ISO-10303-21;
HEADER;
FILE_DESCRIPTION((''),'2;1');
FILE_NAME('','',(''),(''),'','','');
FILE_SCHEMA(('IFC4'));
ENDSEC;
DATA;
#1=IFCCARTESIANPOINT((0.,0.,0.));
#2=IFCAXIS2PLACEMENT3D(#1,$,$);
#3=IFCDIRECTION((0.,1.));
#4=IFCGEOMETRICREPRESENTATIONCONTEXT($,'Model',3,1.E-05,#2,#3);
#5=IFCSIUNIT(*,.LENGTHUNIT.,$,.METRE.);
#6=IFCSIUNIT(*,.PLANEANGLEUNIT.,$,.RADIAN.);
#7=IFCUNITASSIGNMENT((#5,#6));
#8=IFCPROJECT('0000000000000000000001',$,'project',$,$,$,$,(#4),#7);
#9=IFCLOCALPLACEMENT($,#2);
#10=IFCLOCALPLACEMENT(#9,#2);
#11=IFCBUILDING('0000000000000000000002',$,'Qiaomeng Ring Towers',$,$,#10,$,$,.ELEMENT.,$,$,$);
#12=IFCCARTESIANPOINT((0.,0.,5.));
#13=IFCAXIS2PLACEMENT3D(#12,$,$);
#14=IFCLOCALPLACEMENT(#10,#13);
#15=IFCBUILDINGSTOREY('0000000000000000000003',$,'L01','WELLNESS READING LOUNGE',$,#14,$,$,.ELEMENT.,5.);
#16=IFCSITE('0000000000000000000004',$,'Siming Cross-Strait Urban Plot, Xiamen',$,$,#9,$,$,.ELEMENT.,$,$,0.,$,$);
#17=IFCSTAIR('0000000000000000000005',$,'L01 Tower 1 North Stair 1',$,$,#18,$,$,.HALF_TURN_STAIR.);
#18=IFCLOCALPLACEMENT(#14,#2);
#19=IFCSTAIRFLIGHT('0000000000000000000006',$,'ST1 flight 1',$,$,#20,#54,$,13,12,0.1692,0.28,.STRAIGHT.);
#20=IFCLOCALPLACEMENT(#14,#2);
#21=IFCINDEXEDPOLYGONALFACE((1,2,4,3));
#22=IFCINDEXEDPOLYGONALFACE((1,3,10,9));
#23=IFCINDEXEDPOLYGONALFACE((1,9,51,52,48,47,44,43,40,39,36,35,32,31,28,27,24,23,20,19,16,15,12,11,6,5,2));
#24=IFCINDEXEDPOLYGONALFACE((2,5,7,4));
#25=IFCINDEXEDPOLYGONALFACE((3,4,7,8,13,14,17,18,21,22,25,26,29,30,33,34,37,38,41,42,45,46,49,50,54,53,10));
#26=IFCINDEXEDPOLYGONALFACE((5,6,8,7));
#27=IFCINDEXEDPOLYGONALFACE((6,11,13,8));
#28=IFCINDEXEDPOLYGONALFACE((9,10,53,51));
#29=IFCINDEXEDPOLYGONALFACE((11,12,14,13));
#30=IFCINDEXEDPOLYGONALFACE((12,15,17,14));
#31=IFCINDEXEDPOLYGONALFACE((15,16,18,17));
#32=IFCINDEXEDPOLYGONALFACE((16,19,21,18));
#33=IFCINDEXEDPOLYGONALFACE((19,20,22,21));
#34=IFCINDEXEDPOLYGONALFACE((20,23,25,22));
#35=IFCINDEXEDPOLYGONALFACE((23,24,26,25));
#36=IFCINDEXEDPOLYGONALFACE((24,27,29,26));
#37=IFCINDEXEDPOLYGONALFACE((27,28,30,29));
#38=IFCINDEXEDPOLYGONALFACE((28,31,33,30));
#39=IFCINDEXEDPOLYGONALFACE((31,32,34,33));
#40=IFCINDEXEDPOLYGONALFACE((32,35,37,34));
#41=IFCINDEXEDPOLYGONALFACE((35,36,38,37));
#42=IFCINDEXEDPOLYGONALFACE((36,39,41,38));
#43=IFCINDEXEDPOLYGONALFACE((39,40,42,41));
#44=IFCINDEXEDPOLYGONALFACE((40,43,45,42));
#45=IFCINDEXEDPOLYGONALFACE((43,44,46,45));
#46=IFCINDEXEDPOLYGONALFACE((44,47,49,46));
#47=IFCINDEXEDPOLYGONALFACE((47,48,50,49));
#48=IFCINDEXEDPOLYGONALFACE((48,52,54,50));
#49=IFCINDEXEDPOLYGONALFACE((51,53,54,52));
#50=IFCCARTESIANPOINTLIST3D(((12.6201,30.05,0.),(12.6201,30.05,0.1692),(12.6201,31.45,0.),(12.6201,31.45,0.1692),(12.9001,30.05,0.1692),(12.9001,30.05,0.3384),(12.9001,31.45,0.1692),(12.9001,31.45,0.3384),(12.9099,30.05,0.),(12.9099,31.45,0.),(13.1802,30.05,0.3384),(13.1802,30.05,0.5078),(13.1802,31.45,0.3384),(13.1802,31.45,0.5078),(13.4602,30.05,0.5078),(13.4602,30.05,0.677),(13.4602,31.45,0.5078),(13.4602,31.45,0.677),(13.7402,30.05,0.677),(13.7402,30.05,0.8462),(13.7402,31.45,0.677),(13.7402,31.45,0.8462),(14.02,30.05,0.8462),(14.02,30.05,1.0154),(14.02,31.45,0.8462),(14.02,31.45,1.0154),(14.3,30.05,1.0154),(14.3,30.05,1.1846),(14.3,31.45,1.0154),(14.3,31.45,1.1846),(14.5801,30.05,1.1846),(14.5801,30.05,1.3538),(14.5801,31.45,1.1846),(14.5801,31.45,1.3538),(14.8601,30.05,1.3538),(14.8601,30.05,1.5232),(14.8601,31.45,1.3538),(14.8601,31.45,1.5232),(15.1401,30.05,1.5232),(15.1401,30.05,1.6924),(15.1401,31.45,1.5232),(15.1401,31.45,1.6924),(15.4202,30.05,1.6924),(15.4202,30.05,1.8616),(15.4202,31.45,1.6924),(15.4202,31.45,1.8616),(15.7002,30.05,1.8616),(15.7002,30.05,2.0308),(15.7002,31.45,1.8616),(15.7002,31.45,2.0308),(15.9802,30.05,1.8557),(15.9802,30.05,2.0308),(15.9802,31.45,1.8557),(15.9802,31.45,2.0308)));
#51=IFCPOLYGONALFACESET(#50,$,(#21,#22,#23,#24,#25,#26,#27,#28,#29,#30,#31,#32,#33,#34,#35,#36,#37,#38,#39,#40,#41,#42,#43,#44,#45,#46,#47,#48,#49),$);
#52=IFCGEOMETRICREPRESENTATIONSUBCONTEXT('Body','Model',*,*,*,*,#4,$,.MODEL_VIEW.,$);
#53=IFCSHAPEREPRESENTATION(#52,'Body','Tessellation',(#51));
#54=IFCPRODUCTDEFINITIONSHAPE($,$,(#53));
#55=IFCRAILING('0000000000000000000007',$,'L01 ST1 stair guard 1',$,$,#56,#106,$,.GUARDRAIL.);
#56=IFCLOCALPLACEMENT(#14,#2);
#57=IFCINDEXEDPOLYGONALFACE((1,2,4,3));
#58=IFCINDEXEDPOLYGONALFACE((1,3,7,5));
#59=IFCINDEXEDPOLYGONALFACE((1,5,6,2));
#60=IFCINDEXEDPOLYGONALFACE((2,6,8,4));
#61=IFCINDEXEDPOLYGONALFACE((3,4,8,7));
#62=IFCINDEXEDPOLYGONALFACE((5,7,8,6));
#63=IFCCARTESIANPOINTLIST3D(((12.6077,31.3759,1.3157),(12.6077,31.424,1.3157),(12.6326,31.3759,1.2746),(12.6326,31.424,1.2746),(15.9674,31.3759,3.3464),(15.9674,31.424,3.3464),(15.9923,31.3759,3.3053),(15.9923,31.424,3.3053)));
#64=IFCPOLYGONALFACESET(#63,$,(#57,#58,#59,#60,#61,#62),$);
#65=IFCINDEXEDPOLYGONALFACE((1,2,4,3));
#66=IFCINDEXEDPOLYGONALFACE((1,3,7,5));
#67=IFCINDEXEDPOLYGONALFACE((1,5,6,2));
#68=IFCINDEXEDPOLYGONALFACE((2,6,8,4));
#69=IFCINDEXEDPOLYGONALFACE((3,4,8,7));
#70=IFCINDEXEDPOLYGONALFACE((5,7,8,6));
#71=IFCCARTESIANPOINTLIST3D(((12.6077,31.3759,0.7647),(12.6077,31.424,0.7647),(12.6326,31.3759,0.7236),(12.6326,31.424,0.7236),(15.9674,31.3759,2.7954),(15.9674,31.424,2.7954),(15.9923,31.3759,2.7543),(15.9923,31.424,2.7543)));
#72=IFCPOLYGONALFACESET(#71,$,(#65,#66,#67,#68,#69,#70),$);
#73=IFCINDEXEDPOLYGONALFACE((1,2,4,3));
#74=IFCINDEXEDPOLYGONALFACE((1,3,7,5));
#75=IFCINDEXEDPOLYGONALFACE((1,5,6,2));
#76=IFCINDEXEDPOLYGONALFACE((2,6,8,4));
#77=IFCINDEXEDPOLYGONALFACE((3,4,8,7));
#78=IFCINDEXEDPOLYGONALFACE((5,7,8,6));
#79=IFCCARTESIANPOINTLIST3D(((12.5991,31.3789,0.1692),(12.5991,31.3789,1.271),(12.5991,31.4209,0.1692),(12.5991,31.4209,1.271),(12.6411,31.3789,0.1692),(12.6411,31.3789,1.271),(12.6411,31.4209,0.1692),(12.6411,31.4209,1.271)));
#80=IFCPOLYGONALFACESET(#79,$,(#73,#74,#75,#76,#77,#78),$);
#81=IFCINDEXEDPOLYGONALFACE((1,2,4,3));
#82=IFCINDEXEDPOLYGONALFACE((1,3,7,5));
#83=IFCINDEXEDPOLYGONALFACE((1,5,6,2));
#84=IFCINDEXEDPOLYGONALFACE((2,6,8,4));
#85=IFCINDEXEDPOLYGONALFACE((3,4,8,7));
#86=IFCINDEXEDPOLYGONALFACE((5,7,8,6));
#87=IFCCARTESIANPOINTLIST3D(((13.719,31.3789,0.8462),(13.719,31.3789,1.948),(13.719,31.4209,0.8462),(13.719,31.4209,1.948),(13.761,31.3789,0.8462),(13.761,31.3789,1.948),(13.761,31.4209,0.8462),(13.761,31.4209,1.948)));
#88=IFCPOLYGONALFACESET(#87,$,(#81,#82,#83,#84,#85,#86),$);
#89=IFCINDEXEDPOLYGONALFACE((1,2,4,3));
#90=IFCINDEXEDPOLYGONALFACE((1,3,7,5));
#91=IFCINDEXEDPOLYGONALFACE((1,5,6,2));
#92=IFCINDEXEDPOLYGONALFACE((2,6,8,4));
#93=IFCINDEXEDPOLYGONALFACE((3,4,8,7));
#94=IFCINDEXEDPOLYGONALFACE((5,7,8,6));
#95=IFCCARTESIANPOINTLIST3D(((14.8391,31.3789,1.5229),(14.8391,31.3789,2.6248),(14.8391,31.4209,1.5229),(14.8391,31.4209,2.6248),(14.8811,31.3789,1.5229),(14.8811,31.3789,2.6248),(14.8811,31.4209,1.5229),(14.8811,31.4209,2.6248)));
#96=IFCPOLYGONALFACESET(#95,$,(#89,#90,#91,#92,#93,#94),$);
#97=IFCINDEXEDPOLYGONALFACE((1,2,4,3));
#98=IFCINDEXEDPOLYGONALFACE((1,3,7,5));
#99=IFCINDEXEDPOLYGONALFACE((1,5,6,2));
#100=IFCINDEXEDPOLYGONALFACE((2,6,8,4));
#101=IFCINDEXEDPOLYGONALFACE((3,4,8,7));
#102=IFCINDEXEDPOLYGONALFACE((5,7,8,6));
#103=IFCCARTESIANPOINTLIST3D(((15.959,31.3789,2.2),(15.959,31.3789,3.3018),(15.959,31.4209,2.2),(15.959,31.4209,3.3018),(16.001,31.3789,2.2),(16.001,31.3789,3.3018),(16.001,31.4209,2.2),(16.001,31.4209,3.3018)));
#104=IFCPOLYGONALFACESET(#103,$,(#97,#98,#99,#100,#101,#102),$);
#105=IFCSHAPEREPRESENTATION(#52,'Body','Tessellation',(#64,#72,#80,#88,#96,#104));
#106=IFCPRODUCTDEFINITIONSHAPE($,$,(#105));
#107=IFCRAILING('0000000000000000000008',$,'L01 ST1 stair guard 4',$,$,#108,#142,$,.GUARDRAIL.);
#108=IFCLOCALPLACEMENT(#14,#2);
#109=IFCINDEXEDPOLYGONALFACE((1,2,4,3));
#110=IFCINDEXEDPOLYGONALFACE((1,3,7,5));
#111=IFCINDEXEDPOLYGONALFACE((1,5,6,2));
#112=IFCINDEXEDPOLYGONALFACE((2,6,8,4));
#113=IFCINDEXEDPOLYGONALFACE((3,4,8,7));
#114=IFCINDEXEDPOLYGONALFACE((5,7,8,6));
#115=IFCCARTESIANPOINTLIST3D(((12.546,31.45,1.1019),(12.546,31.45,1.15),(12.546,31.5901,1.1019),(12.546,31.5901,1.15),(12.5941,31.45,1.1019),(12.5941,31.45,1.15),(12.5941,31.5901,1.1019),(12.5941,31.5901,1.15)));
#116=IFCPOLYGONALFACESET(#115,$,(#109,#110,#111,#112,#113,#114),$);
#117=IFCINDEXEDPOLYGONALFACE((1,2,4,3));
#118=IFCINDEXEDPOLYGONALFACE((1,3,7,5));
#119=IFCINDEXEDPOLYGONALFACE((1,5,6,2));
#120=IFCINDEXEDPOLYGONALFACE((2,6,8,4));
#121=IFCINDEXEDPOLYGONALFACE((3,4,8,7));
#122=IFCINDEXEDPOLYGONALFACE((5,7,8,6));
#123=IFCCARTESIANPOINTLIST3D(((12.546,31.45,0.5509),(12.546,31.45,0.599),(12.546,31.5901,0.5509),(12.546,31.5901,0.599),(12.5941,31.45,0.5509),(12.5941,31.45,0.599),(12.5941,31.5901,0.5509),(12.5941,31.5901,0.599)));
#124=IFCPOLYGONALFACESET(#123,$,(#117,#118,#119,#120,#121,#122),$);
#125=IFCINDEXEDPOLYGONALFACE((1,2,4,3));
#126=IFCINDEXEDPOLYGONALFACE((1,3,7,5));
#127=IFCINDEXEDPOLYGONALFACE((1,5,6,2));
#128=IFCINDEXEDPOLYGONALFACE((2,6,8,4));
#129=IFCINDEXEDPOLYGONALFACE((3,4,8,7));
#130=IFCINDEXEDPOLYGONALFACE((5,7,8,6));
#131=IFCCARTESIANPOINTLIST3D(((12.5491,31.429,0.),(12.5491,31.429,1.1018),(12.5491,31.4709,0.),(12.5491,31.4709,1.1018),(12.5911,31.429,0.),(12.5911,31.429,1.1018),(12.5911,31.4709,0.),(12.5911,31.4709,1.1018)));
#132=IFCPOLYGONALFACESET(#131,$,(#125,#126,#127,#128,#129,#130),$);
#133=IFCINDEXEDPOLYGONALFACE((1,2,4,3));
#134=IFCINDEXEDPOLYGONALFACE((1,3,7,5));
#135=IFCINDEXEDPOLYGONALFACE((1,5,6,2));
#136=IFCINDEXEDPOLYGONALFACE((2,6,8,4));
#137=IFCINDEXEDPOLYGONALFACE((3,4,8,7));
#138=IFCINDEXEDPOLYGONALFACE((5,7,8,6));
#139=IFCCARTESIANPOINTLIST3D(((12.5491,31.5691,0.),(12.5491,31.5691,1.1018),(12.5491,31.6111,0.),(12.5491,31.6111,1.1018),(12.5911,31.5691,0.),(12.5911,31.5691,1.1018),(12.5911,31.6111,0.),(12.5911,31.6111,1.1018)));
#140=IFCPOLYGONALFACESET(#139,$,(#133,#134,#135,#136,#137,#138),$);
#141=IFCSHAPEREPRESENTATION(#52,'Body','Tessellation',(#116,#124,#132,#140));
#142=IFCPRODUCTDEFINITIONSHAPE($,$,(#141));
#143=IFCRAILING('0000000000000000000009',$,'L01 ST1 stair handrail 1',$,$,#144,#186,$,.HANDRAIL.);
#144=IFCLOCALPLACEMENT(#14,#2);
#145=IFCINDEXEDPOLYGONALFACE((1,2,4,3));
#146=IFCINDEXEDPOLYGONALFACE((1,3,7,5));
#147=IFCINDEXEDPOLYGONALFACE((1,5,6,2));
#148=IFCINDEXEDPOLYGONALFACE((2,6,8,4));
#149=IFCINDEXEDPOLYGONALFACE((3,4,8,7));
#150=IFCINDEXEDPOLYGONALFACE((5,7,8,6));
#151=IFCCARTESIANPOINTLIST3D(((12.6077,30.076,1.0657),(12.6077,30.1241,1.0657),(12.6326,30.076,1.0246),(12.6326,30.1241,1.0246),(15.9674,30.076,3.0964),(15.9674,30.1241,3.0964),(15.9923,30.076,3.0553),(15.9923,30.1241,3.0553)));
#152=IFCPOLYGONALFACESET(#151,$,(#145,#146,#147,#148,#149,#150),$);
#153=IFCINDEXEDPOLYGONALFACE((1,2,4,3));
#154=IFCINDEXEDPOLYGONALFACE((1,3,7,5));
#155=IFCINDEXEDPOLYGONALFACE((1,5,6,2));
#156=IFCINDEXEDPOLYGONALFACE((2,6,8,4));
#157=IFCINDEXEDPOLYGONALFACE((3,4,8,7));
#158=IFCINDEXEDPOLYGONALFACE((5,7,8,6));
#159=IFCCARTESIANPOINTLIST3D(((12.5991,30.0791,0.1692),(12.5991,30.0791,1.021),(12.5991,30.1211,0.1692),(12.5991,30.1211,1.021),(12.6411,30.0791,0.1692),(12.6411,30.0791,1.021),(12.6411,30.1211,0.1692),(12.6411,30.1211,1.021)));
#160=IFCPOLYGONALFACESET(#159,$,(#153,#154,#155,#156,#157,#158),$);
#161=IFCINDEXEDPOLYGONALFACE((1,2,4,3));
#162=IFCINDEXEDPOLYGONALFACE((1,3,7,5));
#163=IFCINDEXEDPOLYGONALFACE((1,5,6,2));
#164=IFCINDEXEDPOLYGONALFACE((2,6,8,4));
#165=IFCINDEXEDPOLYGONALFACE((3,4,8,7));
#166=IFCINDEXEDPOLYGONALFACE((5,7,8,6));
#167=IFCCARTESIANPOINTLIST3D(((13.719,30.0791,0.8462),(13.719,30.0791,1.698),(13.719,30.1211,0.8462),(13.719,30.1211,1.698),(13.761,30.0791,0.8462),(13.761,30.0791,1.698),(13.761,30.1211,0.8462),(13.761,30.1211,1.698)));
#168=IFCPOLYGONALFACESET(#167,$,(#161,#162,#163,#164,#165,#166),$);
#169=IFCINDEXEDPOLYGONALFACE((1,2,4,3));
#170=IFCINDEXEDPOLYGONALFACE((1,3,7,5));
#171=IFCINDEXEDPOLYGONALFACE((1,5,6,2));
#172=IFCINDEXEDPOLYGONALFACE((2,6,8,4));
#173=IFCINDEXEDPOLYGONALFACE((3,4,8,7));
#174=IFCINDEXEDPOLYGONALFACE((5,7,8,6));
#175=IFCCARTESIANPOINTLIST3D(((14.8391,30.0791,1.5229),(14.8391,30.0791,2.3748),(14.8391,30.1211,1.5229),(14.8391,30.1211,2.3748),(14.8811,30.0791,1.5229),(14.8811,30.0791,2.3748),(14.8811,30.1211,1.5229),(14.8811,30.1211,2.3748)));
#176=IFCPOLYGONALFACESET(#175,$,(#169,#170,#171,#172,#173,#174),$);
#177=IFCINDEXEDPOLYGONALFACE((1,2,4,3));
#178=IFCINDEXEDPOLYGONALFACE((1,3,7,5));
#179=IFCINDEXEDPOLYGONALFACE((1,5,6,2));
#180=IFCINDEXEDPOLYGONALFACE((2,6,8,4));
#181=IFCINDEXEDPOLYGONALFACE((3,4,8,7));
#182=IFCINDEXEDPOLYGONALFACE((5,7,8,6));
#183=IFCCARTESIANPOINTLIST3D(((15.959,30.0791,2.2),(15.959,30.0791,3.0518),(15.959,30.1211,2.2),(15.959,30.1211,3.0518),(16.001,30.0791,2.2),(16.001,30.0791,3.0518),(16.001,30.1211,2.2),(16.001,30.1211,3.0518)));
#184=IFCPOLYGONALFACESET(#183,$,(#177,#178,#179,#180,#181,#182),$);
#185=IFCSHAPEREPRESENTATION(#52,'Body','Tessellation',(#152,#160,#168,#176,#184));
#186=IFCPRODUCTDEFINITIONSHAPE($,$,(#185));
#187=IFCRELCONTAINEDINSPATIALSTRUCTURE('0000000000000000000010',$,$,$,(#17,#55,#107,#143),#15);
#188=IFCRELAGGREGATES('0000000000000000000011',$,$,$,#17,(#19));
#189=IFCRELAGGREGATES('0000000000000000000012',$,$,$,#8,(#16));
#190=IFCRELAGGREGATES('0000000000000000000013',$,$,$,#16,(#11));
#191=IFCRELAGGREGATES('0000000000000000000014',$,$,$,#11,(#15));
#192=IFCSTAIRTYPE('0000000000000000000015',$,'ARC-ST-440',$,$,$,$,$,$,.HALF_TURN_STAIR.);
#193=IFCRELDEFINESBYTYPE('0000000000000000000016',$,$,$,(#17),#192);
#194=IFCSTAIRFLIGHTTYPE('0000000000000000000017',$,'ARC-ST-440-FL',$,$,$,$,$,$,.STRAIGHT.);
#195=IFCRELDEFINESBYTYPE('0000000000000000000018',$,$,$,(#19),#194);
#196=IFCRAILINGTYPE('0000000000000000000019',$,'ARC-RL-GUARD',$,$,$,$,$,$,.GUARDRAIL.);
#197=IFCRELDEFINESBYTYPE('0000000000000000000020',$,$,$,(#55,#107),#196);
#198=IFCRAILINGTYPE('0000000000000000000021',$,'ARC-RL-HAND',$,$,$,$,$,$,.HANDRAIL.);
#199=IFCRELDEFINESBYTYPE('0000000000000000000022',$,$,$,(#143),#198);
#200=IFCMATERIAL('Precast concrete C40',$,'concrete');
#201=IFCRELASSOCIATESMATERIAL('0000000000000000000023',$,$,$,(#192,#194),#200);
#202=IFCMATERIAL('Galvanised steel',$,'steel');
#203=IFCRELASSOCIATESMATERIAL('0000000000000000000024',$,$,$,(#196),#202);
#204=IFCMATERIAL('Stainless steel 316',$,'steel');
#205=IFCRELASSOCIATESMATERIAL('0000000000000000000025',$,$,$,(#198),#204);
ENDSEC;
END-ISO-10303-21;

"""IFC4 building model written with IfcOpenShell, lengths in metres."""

from ifc_helpers import new_model, si_unit, direction, frame, origin, origin_2d, place, context, subcontext, project, spatial, polyline, rectangle, outline, extrude, source, transform, mapped, material, type_object, element, aggregate, save


model = new_model("IFC4")

# Units and contexts
model_context = context("Model", 3, precision=1e-05, world=origin(), true_north=direction((0.0, 1.0)))
body_context = subcontext(model_context, "Body", "Model", "MODEL_VIEW")
ifc_project = project(units=[si_unit("LENGTHUNIT", "METRE"), si_unit("PLANEANGLEUNIT", "RADIAN")], contexts=[model_context])

# Site, building, storey
site_placement = place(None, origin())
site = spatial("IfcSite", under=ifc_project, at=site_placement, Name="Siming Cross-Strait Urban Plot, Xiamen", CompositionType="ELEMENT", RefElevation=0.0)
building_placement = place(site_placement, origin())
building = spatial("IfcBuilding", under=site, at=building_placement, Name="Qiaomeng Ring Towers", CompositionType="ELEMENT")
storey_placement = place(building_placement, frame((0.0, 0.0, 5.0)))
storey = spatial("IfcBuildingStorey", under=building, at=storey_placement, Name="L01", Description="WELLNESS READING LOUNGE", CompositionType="ELEMENT", Elevation=5.0)

# Shared definitions
ifc_material_1 = material(Name="Galvanised steel", Category="steel")

# Stair, stair flight
ifc_material_2 = material(Name="Precast concrete C40", Category="concrete")
stair_type = type_object("IfcStairType", Name="ARC-ST-440", PredefinedType="HALF_TURN_STAIR", material=ifc_material_2)
stair_placement = place(storey_placement, origin())
stair = element("IfcStair", 1, at=stair_placement, inside=storey, type_object=stair_type, Name="L01 Tower 1 North Stair 1", PredefinedType="HALF_TURN_STAIR")
stair_flight_type = type_object("IfcStairFlightType", Name="ARC-ST-440-FL", PredefinedType="STRAIGHT", material=ifc_material_2)
shared_shape_1 = source(origin(), body_context, "Body", "SweptSolid", [
    extrude(outline(polyline([(0.0, 0.0), (0.0, 0.1692), (0.28, 0.1692), (0.28, 0.3384), (0.5601, 0.3384), (0.5601, 0.5078), (0.8401, 0.5078), (0.8401, 0.677), (1.1201, 0.677), (1.1201, 0.8462), (1.3999, 0.8462), (1.3999, 1.0154), (1.6799, 1.0154), (1.6799, 1.1846), (1.96, 1.1846), (1.96, 1.3538), (2.24, 1.3538), (2.24, 1.5232), (2.52, 1.5232), (2.52, 1.6924), (2.8, 1.6924), (2.8, 1.8616), (3.0801, 1.8616), (3.0801, 2.0308), (3.3601, 2.0308), (3.3601, 2.2), (3.3601, 1.8557), (0.2898, 0.0), (0.0, 0.0)])), frame((0.0, 0.7, 0.0), z_axis=(0.0, -1.0, 0.0), x_axis=(1.0, 0.0, 0.0)), (0.0, 0.0, 1.0), 1.3999),
])
stair_flight_placement = place(storey_placement, frame((12.6201, 30.75, 0.0), z_axis=(0.0, 0.0, 1.0), x_axis=(1.0, 0.0, 0.0)))
stair_flight = element("IfcStairFlight", 2, at=stair_flight_placement, type_object=stair_flight_type, Name="ST1 flight 1", NumberOfRisers=13, NumberOfTreads=12, PredefinedType="STRAIGHT", RiserHeight=0.1692, TreadLength=0.28, context=body_context, shape_type="MappedRepresentation", body=[
    mapped(shared_shape_1, transform((0.0, 0.0, 0.0), x_axis=(1.0, 0.0, 0.0), y_axis=(0.0, 1.0, 0.0), z_axis=(0.0, 0.0, 1.0), scale=1.0)),
])
aggregate(stair, [stair_flight])

# Railings
railing_type_1 = type_object("IfcRailingType", Name="ARC-RL-GUARD", PredefinedType="GUARDRAIL", material=ifc_material_1)
railing_1_placement = place(storey_placement, frame((12.6201, 31.3999, 0.1692)))
element("IfcRailing", 3, at=railing_1_placement, inside=storey, type_object=railing_type_1, Name="L01 ST1 stair guard 1", PredefinedType="GUARDRAIL", context=body_context, shape_type="SweptSolid", body=[
    extrude(rectangle(XDim=0.0481, YDim=0.0481, at=origin_2d()), frame((0.0, 0.0, 1.126), z_axis=(0.85582, 0.0, 0.517273), x_axis=(0.0, 1.0, 0.0)), (0.0, 0.0, 1.0), 3.9258),
    extrude(rectangle(XDim=0.0481, YDim=0.0481, at=origin_2d()), frame((0.0, 0.0, 0.575), z_axis=(0.85582, 0.0, 0.517273), x_axis=(0.0, 1.0, 0.0)), (0.0, 0.0, 1.0), 3.9258),
    extrude(rectangle(XDim=0.042, YDim=0.042, at=origin_2d()), origin(), (0.0, 0.0, 1.0), 1.1018),
    extrude(rectangle(XDim=0.042, YDim=0.042, at=origin_2d()), frame((1.1199, 0.0, 0.677)), (0.0, 0.0, 1.0), 1.1018),
    extrude(rectangle(XDim=0.042, YDim=0.042, at=origin_2d()), frame((2.24, 0.0, 1.3538)), (0.0, 0.0, 1.0), 1.1018),
    extrude(rectangle(XDim=0.042, YDim=0.042, at=origin_2d()), frame((3.3599, 0.0, 2.0308)), (0.0, 0.0, 1.0), 1.1018),
])
railing_2_placement = place(storey_placement, frame((12.5701, 31.45, 0.0)))
element("IfcRailing", 4, at=railing_2_placement, inside=storey, type_object=railing_type_1, Name="L01 ST1 stair guard 4", PredefinedType="GUARDRAIL", context=body_context, shape_type="SweptSolid", body=[
    extrude(rectangle(XDim=0.0481, YDim=0.0481, at=origin_2d()), frame((0.0, 0.0, 1.126), z_axis=(0.0, 1.0, 0.0), x_axis=(-1.0, 0.0, 0.0)), (0.0, 0.0, 1.0), 0.1401),
    extrude(rectangle(XDim=0.0481, YDim=0.0481, at=origin_2d()), frame((0.0, 0.0, 0.575), z_axis=(0.0, 1.0, 0.0), x_axis=(-1.0, 0.0, 0.0)), (0.0, 0.0, 1.0), 0.1401),
    extrude(rectangle(XDim=0.042, YDim=0.042, at=origin_2d()), origin(), (0.0, 0.0, 1.0), 1.1018),
    extrude(rectangle(XDim=0.042, YDim=0.042, at=origin_2d()), frame((0.0, 0.1401, 0.0)), (0.0, 0.0, 1.0), 1.1018),
])
ifc_material_3 = material(Name="Stainless steel 316", Category="steel")
railing_type_2 = type_object("IfcRailingType", Name="ARC-RL-HAND", PredefinedType="HANDRAIL", material=ifc_material_3)
railing_3_placement = place(storey_placement, frame((12.6201, 30.1001, 0.1692)))
element("IfcRailing", 5, at=railing_3_placement, inside=storey, type_object=railing_type_2, Name="L01 ST1 stair handrail 1", PredefinedType="HANDRAIL", context=body_context, shape_type="SweptSolid", body=[
    extrude(rectangle(XDim=0.0481, YDim=0.0481, at=origin_2d()), frame((0.0, 0.0, 0.876), z_axis=(0.85582, 0.0, 0.517273), x_axis=(0.0, 1.0, 0.0)), (0.0, 0.0, 1.0), 3.9258),
    extrude(rectangle(XDim=0.042, YDim=0.042, at=origin_2d()), origin(), (0.0, 0.0, 1.0), 0.8518),
    extrude(rectangle(XDim=0.042, YDim=0.042, at=origin_2d()), frame((1.1199, 0.0, 0.677)), (0.0, 0.0, 1.0), 0.8518),
    extrude(rectangle(XDim=0.042, YDim=0.042, at=origin_2d()), frame((2.24, 0.0, 1.3538)), (0.0, 0.0, 1.0), 0.8518),
    extrude(rectangle(XDim=0.042, YDim=0.042, at=origin_2d()), frame((3.3599, 0.0, 2.0308)), (0.0, 0.0, 1.0), 0.8518),
])

save(model, "model.ifc")
